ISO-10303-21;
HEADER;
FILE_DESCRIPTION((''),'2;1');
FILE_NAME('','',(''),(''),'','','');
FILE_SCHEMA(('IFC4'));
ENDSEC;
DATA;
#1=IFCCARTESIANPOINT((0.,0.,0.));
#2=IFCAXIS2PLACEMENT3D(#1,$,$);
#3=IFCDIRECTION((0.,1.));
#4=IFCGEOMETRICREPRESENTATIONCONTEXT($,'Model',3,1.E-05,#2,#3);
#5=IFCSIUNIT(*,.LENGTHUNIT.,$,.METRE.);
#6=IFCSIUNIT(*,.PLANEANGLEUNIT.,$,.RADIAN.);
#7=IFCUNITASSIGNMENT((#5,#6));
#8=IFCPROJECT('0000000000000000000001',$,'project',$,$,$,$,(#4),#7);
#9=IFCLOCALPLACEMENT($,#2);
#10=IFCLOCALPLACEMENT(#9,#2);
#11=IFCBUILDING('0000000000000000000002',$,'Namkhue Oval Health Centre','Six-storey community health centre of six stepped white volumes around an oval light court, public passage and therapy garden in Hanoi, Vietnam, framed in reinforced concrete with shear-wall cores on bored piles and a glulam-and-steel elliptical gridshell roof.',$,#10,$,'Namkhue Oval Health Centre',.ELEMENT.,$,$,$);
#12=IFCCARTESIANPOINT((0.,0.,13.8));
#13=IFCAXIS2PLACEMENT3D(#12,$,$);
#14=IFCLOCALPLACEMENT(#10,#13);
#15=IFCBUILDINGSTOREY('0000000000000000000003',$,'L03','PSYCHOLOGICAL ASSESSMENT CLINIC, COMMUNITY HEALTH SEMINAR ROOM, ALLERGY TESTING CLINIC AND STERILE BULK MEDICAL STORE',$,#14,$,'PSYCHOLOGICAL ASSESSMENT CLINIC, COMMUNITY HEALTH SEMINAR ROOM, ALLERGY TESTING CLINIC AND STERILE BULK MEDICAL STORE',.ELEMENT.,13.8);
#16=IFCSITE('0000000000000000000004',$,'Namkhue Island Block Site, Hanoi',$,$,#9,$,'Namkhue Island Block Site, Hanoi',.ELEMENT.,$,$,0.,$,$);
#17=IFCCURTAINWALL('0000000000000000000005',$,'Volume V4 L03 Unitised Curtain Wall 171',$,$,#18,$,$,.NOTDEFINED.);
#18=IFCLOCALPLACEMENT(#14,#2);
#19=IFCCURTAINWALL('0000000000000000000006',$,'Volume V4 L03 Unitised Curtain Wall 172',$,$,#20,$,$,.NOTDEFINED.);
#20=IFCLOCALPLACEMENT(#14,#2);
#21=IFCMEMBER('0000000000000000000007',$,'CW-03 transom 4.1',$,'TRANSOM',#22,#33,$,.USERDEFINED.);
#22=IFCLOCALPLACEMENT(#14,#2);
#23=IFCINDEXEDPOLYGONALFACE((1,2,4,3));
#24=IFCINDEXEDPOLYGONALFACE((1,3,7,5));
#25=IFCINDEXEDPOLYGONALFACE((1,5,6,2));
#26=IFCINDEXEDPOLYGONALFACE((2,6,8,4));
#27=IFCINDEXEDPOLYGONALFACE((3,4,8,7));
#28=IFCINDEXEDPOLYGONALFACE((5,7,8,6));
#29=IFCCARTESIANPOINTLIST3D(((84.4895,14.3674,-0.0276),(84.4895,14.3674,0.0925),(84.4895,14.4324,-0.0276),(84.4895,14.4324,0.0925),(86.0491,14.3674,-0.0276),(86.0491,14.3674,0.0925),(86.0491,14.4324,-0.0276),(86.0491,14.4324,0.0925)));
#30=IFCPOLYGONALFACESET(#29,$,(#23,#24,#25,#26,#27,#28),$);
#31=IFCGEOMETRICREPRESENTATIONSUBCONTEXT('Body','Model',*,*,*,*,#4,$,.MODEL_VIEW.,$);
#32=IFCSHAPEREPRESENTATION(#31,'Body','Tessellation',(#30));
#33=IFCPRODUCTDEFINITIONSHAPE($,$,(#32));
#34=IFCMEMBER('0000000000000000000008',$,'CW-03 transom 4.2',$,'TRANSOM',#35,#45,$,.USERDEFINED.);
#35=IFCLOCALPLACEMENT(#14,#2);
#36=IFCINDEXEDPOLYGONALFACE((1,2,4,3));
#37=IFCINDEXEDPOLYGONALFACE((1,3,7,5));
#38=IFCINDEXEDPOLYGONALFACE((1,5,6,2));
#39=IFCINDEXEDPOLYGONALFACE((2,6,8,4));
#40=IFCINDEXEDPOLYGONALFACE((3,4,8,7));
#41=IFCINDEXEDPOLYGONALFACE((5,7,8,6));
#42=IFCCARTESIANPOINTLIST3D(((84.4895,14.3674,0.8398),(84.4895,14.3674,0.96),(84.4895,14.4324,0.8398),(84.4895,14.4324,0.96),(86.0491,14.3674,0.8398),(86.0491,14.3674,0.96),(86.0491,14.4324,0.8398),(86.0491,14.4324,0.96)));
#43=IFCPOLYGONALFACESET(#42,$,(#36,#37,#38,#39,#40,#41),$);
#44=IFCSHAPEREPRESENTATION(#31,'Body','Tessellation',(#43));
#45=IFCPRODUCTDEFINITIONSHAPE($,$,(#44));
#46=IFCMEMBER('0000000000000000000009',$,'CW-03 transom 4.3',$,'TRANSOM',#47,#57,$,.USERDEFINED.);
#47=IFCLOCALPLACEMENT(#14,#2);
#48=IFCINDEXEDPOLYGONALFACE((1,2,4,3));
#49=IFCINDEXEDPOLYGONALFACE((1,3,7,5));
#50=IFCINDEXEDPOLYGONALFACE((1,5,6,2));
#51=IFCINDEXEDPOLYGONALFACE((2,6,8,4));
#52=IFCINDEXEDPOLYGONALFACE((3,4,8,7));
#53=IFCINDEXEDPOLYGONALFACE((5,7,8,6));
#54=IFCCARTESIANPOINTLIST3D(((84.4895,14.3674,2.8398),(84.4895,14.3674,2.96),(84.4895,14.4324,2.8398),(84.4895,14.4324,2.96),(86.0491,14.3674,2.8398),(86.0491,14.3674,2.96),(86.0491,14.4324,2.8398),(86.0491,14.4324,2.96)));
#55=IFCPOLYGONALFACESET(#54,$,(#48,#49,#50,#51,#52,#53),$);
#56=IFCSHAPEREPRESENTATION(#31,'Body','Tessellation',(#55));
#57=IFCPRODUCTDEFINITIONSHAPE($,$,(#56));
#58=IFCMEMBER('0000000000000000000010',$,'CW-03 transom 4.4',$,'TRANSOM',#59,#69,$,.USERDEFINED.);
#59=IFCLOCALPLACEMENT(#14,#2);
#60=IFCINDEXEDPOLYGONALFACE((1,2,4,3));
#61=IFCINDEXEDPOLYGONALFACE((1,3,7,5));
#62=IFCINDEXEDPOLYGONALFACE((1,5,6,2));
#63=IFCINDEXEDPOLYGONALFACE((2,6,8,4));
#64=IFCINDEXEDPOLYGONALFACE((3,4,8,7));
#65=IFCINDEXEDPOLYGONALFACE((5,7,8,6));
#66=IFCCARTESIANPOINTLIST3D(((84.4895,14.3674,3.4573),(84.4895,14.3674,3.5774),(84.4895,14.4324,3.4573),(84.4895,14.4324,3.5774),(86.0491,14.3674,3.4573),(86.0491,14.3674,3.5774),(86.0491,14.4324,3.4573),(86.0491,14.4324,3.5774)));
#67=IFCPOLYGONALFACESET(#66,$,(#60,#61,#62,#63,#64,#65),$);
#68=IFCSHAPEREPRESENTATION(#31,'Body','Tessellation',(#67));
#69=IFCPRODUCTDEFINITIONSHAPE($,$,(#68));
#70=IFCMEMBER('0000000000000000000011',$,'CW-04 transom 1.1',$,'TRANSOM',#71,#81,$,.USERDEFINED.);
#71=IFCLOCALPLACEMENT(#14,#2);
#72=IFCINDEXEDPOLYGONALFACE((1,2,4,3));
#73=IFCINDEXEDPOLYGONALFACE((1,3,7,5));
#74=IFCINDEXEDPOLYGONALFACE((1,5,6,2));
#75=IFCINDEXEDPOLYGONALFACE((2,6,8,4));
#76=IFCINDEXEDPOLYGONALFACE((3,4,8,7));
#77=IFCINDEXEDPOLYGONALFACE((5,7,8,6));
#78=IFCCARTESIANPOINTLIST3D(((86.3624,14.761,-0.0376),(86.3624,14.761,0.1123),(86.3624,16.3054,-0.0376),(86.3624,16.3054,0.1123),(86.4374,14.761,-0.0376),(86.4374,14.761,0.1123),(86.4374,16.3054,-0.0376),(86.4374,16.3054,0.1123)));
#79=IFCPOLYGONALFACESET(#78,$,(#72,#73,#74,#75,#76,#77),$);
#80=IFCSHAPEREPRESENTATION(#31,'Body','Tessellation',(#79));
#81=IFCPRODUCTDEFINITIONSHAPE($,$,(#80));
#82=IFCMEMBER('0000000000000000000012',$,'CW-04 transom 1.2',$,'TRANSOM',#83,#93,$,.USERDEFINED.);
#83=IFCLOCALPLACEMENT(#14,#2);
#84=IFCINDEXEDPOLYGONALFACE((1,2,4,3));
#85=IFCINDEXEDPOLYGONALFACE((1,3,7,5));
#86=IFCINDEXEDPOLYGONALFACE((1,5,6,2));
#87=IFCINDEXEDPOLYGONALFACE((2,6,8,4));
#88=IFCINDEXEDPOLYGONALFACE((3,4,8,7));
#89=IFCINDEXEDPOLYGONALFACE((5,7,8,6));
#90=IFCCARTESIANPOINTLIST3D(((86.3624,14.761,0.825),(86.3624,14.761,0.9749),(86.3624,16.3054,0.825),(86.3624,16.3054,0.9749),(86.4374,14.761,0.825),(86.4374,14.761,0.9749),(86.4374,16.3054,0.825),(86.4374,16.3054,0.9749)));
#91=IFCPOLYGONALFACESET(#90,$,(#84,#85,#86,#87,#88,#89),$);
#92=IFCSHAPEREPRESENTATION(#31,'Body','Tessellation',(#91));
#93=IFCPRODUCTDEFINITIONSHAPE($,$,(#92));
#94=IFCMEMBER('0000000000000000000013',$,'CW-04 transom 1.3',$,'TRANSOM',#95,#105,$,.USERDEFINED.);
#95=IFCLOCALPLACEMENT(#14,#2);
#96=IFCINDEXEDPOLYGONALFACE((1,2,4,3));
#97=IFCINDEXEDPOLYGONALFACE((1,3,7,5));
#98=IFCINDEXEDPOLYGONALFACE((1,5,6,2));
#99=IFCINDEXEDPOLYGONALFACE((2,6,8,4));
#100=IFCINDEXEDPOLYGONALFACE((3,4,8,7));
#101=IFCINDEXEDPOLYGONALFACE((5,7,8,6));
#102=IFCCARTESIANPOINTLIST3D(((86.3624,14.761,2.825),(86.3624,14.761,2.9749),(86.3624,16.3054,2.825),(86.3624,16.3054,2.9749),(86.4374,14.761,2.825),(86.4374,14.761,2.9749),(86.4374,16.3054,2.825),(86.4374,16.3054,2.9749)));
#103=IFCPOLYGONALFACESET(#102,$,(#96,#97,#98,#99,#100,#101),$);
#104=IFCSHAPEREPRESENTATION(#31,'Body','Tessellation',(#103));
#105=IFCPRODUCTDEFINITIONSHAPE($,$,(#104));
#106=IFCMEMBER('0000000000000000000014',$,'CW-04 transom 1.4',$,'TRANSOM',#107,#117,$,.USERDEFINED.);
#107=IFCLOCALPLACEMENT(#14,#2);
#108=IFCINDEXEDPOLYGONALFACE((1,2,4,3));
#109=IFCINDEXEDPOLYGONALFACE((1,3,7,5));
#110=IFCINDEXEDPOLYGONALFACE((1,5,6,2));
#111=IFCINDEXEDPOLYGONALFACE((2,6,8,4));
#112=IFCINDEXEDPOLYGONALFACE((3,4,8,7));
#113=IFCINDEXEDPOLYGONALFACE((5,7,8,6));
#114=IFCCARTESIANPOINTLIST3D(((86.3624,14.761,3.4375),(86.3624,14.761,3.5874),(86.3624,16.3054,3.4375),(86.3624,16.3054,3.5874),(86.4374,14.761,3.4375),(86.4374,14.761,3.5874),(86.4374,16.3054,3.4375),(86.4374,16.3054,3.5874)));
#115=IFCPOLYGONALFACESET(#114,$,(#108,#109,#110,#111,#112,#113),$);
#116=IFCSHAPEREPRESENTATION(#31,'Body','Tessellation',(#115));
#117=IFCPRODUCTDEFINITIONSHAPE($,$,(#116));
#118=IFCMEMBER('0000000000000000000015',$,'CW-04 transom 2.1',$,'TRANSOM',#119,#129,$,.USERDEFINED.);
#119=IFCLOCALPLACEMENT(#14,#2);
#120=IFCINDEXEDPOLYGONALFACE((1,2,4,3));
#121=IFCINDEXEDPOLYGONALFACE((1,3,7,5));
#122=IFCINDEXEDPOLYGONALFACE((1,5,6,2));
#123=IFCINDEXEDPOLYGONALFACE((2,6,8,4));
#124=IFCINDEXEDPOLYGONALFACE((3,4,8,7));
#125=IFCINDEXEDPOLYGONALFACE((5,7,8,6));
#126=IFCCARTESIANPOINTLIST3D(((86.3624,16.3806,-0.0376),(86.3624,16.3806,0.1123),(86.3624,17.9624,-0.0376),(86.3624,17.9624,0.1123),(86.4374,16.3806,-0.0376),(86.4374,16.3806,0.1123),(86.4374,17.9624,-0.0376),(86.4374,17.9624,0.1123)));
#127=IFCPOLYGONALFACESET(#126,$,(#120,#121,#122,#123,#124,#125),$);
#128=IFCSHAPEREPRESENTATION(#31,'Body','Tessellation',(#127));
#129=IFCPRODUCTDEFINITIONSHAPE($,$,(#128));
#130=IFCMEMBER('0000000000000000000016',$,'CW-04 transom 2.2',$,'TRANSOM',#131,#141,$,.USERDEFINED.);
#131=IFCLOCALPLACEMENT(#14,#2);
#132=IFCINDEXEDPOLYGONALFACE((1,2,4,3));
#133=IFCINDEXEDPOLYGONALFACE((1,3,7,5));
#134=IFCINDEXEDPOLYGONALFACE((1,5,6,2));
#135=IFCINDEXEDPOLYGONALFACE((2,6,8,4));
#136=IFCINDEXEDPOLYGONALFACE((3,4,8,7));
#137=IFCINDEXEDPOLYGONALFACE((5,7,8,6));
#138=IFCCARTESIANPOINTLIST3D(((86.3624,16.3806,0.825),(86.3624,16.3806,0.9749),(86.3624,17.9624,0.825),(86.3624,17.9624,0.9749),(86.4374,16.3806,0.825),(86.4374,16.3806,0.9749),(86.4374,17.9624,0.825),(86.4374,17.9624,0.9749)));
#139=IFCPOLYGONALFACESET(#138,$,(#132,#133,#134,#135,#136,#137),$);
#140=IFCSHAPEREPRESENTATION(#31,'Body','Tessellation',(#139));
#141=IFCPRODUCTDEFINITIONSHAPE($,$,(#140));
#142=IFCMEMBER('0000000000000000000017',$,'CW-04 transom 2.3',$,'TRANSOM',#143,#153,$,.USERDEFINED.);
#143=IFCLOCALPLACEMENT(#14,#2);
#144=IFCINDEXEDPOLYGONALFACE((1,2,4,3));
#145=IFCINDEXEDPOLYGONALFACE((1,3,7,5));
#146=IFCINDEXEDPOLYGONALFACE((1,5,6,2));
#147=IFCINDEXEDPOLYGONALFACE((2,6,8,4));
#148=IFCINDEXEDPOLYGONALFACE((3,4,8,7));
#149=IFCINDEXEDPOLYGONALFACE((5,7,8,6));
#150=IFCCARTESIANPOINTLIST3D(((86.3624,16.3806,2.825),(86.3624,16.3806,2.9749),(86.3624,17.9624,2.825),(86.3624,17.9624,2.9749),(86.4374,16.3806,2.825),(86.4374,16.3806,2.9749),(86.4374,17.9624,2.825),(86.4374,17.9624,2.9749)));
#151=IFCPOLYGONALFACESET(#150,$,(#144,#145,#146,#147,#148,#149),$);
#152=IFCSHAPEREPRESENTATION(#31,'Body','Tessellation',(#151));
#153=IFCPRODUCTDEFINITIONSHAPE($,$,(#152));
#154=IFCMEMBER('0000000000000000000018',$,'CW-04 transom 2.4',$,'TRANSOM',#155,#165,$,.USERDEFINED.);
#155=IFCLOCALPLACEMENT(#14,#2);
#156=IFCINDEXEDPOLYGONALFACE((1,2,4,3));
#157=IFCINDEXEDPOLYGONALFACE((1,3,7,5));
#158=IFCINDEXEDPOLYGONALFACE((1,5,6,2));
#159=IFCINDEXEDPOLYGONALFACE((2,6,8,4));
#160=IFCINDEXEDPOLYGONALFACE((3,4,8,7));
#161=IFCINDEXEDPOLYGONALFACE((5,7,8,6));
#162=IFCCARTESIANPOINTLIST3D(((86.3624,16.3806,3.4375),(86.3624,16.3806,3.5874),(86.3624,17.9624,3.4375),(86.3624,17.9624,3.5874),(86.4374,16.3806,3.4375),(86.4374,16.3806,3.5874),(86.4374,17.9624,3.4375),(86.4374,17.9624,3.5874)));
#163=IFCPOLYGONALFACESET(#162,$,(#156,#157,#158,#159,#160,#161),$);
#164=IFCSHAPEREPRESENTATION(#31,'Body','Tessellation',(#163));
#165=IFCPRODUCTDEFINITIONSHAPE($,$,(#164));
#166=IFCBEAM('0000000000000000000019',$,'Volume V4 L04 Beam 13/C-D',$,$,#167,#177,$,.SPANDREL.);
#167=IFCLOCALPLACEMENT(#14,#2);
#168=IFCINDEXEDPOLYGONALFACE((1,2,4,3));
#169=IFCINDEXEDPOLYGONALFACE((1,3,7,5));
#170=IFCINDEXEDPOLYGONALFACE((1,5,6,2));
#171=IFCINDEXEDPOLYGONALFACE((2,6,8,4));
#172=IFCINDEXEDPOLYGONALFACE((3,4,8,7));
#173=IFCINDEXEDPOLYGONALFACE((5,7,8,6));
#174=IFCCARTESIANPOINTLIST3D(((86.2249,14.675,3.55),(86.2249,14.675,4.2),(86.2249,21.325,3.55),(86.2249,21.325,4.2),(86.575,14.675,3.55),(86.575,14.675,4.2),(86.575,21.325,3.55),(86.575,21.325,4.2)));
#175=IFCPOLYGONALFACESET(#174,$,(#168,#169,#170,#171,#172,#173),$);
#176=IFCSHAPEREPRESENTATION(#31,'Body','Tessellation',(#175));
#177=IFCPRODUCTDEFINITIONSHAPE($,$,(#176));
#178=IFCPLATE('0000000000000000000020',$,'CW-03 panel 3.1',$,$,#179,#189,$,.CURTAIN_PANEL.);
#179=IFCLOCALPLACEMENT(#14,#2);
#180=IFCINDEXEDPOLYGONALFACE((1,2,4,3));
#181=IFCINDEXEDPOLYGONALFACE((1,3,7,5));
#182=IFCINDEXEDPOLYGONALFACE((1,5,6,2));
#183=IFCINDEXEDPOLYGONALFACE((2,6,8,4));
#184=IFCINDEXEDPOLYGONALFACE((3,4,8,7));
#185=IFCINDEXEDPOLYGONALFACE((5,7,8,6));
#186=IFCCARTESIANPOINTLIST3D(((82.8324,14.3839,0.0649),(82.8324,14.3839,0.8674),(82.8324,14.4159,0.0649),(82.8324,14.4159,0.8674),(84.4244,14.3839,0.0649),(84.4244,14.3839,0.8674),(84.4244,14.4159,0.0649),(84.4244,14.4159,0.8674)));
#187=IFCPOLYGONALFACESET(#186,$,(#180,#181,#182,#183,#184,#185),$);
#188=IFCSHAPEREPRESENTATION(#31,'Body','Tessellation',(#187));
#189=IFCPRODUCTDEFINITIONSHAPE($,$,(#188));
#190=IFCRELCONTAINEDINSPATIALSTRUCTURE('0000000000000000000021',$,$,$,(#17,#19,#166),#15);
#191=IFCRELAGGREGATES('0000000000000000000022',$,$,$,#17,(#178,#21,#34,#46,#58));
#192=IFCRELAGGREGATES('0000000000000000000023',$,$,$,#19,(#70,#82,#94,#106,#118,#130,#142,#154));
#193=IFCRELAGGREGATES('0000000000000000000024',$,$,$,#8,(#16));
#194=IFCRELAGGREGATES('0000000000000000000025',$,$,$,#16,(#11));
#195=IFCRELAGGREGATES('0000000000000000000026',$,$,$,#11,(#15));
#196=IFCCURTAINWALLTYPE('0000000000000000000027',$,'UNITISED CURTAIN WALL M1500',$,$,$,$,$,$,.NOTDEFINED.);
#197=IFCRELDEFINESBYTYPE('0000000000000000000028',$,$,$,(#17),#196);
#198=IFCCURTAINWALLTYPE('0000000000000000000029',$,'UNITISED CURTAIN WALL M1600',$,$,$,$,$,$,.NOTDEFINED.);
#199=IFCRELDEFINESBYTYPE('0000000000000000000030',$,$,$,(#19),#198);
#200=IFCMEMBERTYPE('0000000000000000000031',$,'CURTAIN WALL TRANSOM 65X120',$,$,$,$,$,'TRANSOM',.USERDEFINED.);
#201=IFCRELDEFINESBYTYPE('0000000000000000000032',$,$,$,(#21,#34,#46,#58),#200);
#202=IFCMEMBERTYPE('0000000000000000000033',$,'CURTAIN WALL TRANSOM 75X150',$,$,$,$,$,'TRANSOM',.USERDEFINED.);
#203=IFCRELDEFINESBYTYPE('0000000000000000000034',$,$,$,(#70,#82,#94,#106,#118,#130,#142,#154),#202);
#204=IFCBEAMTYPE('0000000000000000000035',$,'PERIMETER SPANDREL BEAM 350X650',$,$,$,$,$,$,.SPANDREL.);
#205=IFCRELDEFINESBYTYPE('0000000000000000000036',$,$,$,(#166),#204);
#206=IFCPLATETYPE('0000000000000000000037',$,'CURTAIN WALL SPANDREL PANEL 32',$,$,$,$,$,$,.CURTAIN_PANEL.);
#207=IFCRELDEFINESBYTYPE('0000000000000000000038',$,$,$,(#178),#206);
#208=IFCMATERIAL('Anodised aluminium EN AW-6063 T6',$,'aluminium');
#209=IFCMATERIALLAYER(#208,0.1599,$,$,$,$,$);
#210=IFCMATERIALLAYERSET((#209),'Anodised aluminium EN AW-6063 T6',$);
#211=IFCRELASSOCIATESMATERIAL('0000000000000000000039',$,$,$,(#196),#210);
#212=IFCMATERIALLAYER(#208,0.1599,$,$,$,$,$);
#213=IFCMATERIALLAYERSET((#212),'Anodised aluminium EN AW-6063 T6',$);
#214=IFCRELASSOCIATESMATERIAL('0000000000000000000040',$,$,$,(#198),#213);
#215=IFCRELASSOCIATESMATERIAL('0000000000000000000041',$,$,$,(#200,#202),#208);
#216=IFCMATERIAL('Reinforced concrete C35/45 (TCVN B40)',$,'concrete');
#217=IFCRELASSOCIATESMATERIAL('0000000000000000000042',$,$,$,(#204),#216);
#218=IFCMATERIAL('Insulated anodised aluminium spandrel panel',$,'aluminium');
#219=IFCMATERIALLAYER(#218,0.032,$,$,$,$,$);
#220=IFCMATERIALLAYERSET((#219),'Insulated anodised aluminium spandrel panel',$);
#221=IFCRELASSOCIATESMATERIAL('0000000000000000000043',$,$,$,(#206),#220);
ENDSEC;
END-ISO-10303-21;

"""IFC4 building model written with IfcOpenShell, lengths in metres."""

from ifc_helpers import new_model, si_unit, direction, frame, origin, origin_2d, place, context, subcontext, project, spatial, rectangle, extrude, material, layer, layer_set, material_profile, profile_set, type_object, element, aggregate, save


model = new_model("IFC4")

# Units and contexts
model_context = context("Model", 3, precision=1e-05, world=origin(), true_north=direction((0.0, 1.0)))
body_context = subcontext(model_context, "Body", "Model", "MODEL_VIEW")
ifc_project = project(units=[si_unit("LENGTHUNIT", "METRE"), si_unit("PLANEANGLEUNIT", "RADIAN")], contexts=[model_context])

# Site, building, storey
site_placement = place(None, origin())
site = spatial("IfcSite", under=ifc_project, at=site_placement, Name="Namkhue Island Block Site, Hanoi", LongName="Namkhue Island Block Site, Hanoi", CompositionType="ELEMENT", RefElevation=0.0)
building_placement = place(site_placement, origin())
building = spatial("IfcBuilding", under=site, at=building_placement, Name="Namkhue Oval Health Centre", Description="Six-storey community health centre of six stepped white volumes around an oval light court, public passage and therapy garden in Hanoi, Vietnam, framed in reinforced concrete with shear-wall cores on bored piles and a glulam-and-steel elliptical gridshell roof.", LongName="Namkhue Oval Health Centre", CompositionType="ELEMENT")
storey_placement = place(building_placement, frame((0.0, 0.0, 13.8)))
storey = spatial("IfcBuildingStorey", under=building, at=storey_placement, Name="L03", Description="PSYCHOLOGICAL ASSESSMENT CLINIC, COMMUNITY HEALTH SEMINAR ROOM, ALLERGY TESTING CLINIC AND STERILE BULK MEDICAL STORE", LongName="PSYCHOLOGICAL ASSESSMENT CLINIC, COMMUNITY HEALTH SEMINAR ROOM, ALLERGY TESTING CLINIC AND STERILE BULK MEDICAL STORE", CompositionType="ELEMENT", Elevation=13.8)

# Shared definitions
ifc_material_1 = material(Name="Reinforced concrete C35/45 (TCVN B40)", Category="concrete")

# Curtain walls
ifc_material_2 = material(Name="Anodised aluminium EN AW-6063 T6", Category="aluminium")
ifc_layer_1 = layer(ifc_material_2, 0.1599)
ifc_layer_set_1 = layer_set([ifc_layer_1], Name="Anodised aluminium EN AW-6063 T6")
curtain_wall_type_1 = type_object("IfcCurtainWallType", Name="UNITISED CURTAIN WALL M1500", PredefinedType="NOTDEFINED", material=ifc_layer_set_1)
curtain_wall_1_placement = place(storey_placement, origin())
curtain_wall_1 = element("IfcCurtainWall", 1, at=curtain_wall_1_placement, inside=storey, type_object=curtain_wall_type_1, Name="Volume V4 L03 Unitised Curtain Wall 171", PredefinedType="NOTDEFINED")
ifc_layer_2 = layer(ifc_material_2, 0.1599)
ifc_layer_set_2 = layer_set([ifc_layer_2], Name="Anodised aluminium EN AW-6063 T6")
curtain_wall_type_2 = type_object("IfcCurtainWallType", Name="UNITISED CURTAIN WALL M1600", PredefinedType="NOTDEFINED", material=ifc_layer_set_2)
curtain_wall_2_placement = place(storey_placement, origin())
curtain_wall_2 = element("IfcCurtainWall", 2, at=curtain_wall_2_placement, inside=storey, type_object=curtain_wall_type_2, Name="Volume V4 L03 Unitised Curtain Wall 172", PredefinedType="NOTDEFINED")

# Members
ifc_material_profile_1 = material_profile(ifc_material_2, rectangle(XDim=0.0649, YDim=0.1201, at=origin_2d()), Name="ALU 65x120")
ifc_profile_set_1 = profile_set([ifc_material_profile_1], Name="Anodised aluminium EN AW-6063 T6")
member_type_1 = type_object("IfcMemberType", Name="CURTAIN WALL TRANSOM 65X120", ElementType="TRANSOM", PredefinedType="USERDEFINED", material=ifc_profile_set_1)
member_1_placement = place(storey_placement, frame((84.4895, 14.3999, 0.0325), z_axis=(1.0, 0.0, 0.0), x_axis=(0.0, 1.0, 0.0)))
member_1 = element("IfcMember", 3, at=member_1_placement, type_object=member_type_1, Name="CW-03 transom 4.1", ObjectType="TRANSOM", PredefinedType="USERDEFINED", context=body_context, shape_type="SweptSolid", body=[
    extrude(rectangle(XDim=0.0649, YDim=0.1201, at=origin_2d()), origin(), (0.0, 0.0, 1.0), 1.5596),
])
member_2_placement = place(storey_placement, frame((84.4895, 14.3999, 0.8999), z_axis=(1.0, 0.0, 0.0), x_axis=(0.0, 1.0, 0.0)))
member_2 = element("IfcMember", 4, at=member_2_placement, type_object=member_type_1, Name="CW-03 transom 4.2", ObjectType="TRANSOM", PredefinedType="USERDEFINED", context=body_context, shape_type="SweptSolid", body=[
    extrude(rectangle(XDim=0.0649, YDim=0.1201, at=origin_2d()), origin(), (0.0, 0.0, 1.0), 1.5596),
])
member_3_placement = place(storey_placement, frame((84.4895, 14.3999, 2.8999), z_axis=(1.0, 0.0, 0.0), x_axis=(0.0, 1.0, 0.0)))
member_3 = element("IfcMember", 5, at=member_3_placement, type_object=member_type_1, Name="CW-03 transom 4.3", ObjectType="TRANSOM", PredefinedType="USERDEFINED", context=body_context, shape_type="SweptSolid", body=[
    extrude(rectangle(XDim=0.0649, YDim=0.1201, at=origin_2d()), origin(), (0.0, 0.0, 1.0), 1.5596),
])
member_4_placement = place(storey_placement, frame((84.4895, 14.3999, 3.5173), z_axis=(1.0, 0.0, 0.0), x_axis=(0.0, 1.0, 0.0)))
member_4 = element("IfcMember", 6, at=member_4_placement, type_object=member_type_1, Name="CW-03 transom 4.4", ObjectType="TRANSOM", PredefinedType="USERDEFINED", context=body_context, shape_type="SweptSolid", body=[
    extrude(rectangle(XDim=0.0649, YDim=0.1201, at=origin_2d()), origin(), (0.0, 0.0, 1.0), 1.5596),
])
ifc_material_profile_2 = material_profile(ifc_material_2, rectangle(XDim=0.075, YDim=0.1499, at=origin_2d()), Name="ALU 75x150")
ifc_profile_set_2 = profile_set([ifc_material_profile_2], Name="Anodised aluminium EN AW-6063 T6")
member_type_2 = type_object("IfcMemberType", Name="CURTAIN WALL TRANSOM 75X150", ElementType="TRANSOM", PredefinedType="USERDEFINED", material=ifc_profile_set_2)
member_5_placement = place(storey_placement, frame((86.3999, 14.761, 0.0374), z_axis=(0.0, 1.0, 0.0), x_axis=(-1.0, 0.0, 0.0)))
member_5 = element("IfcMember", 7, at=member_5_placement, type_object=member_type_2, Name="CW-04 transom 1.1", ObjectType="TRANSOM", PredefinedType="USERDEFINED", context=body_context, shape_type="SweptSolid", body=[
    extrude(rectangle(XDim=0.075, YDim=0.1499, at=origin_2d()), origin(), (0.0, 0.0, 1.0), 1.5444),
])
member_6_placement = place(storey_placement, frame((86.3999, 14.761, 0.8999), z_axis=(0.0, 1.0, 0.0), x_axis=(-1.0, 0.0, 0.0)))
member_6 = element("IfcMember", 8, at=member_6_placement, type_object=member_type_2, Name="CW-04 transom 1.2", ObjectType="TRANSOM", PredefinedType="USERDEFINED", context=body_context, shape_type="SweptSolid", body=[
    extrude(rectangle(XDim=0.075, YDim=0.1499, at=origin_2d()), origin(), (0.0, 0.0, 1.0), 1.5444),
])
member_7_placement = place(storey_placement, frame((86.3999, 14.761, 2.8999), z_axis=(0.0, 1.0, 0.0), x_axis=(-1.0, 0.0, 0.0)))
member_7 = element("IfcMember", 9, at=member_7_placement, type_object=member_type_2, Name="CW-04 transom 1.3", ObjectType="TRANSOM", PredefinedType="USERDEFINED", context=body_context, shape_type="SweptSolid", body=[
    extrude(rectangle(XDim=0.075, YDim=0.1499, at=origin_2d()), origin(), (0.0, 0.0, 1.0), 1.5444),
])
member_8_placement = place(storey_placement, frame((86.3999, 14.761, 3.5125), z_axis=(0.0, 1.0, 0.0), x_axis=(-1.0, 0.0, 0.0)))
member_8 = element("IfcMember", 10, at=member_8_placement, type_object=member_type_2, Name="CW-04 transom 1.4", ObjectType="TRANSOM", PredefinedType="USERDEFINED", context=body_context, shape_type="SweptSolid", body=[
    extrude(rectangle(XDim=0.075, YDim=0.1499, at=origin_2d()), origin(), (0.0, 0.0, 1.0), 1.5444),
])
member_9_placement = place(storey_placement, frame((86.3999, 16.3806, 0.0374), z_axis=(0.0, 1.0, 0.0), x_axis=(-1.0, 0.0, 0.0)))
member_9 = element("IfcMember", 11, at=member_9_placement, type_object=member_type_2, Name="CW-04 transom 2.1", ObjectType="TRANSOM", PredefinedType="USERDEFINED", context=body_context, shape_type="SweptSolid", body=[
    extrude(rectangle(XDim=0.075, YDim=0.1499, at=origin_2d()), origin(), (0.0, 0.0, 1.0), 1.5818),
])
member_10_placement = place(storey_placement, frame((86.3999, 16.3806, 0.8999), z_axis=(0.0, 1.0, 0.0), x_axis=(-1.0, 0.0, 0.0)))
member_10 = element("IfcMember", 12, at=member_10_placement, type_object=member_type_2, Name="CW-04 transom 2.2", ObjectType="TRANSOM", PredefinedType="USERDEFINED", context=body_context, shape_type="SweptSolid", body=[
    extrude(rectangle(XDim=0.075, YDim=0.1499, at=origin_2d()), origin(), (0.0, 0.0, 1.0), 1.5818),
])
member_11_placement = place(storey_placement, frame((86.3999, 16.3806, 2.8999), z_axis=(0.0, 1.0, 0.0), x_axis=(-1.0, 0.0, 0.0)))
member_11 = element("IfcMember", 13, at=member_11_placement, type_object=member_type_2, Name="CW-04 transom 2.3", ObjectType="TRANSOM", PredefinedType="USERDEFINED", context=body_context, shape_type="SweptSolid", body=[
    extrude(rectangle(XDim=0.075, YDim=0.1499, at=origin_2d()), origin(), (0.0, 0.0, 1.0), 1.5818),
])
member_12_placement = place(storey_placement, frame((86.3999, 16.3806, 3.5125), z_axis=(0.0, 1.0, 0.0), x_axis=(-1.0, 0.0, 0.0)))
member_12 = element("IfcMember", 14, at=member_12_placement, type_object=member_type_2, Name="CW-04 transom 2.4", ObjectType="TRANSOM", PredefinedType="USERDEFINED", context=body_context, shape_type="SweptSolid", body=[
    extrude(rectangle(XDim=0.075, YDim=0.1499, at=origin_2d()), origin(), (0.0, 0.0, 1.0), 1.5818),
])

# Beam
ifc_material_profile_3 = material_profile(ifc_material_1, rectangle(XDim=0.3501, YDim=0.6499, at=origin_2d()), Name="RC 350x650")
ifc_profile_set_3 = profile_set([ifc_material_profile_3], Name="Reinforced concrete C35/45 (TCVN B40)")
beam_type = type_object("IfcBeamType", Name="PERIMETER SPANDREL BEAM 350X650", PredefinedType="SPANDREL", material=ifc_profile_set_3)
beam_placement = place(storey_placement, frame((86.3999, 14.675, 3.875), z_axis=(0.0, 1.0, 0.0), x_axis=(-1.0, 0.0, 0.0)))
element("IfcBeam", 15, at=beam_placement, inside=storey, type_object=beam_type, Name="Volume V4 L04 Beam 13/C-D", PredefinedType="SPANDREL", context=body_context, shape_type="SweptSolid", body=[
    extrude(rectangle(XDim=0.3501, YDim=0.6499, at=origin_2d()), origin(), (0.0, 0.0, 1.0), 6.6499),
])

# Plate
ifc_material_3 = material(Name="Insulated anodised aluminium spandrel panel", Category="aluminium")
ifc_layer_3 = layer(ifc_material_3, 0.032)
ifc_layer_set_3 = layer_set([ifc_layer_3], Name="Insulated anodised aluminium spandrel panel")
plate_type_1 = type_object("IfcPlateType", Name="CURTAIN WALL SPANDREL PANEL 32", PredefinedType="CURTAIN_PANEL", material=ifc_layer_set_3)
plate_1_placement = place(storey_placement, frame((83.6284, 14.3999, 0.0649), z_axis=(0.0, 0.0, 1.0), x_axis=(1.0, 0.0, 0.0)))
plate_1 = element("IfcPlate", 16, at=plate_1_placement, type_object=plate_type_1, Name="CW-03 panel 3.1", PredefinedType="CURTAIN_PANEL", context=body_context, shape_type="SweptSolid", body=[
    extrude(rectangle(XDim=1.592, YDim=0.032, at=origin_2d()), origin(), (0.0, 0.0, 1.0), 0.8025),
])
aggregate(curtain_wall_1, [plate_1, member_1, member_2, member_3, member_4])
aggregate(curtain_wall_2, [member_5, member_6, member_7, member_8, member_9, member_10, member_11, member_12])

save(model, "model.ifc")
